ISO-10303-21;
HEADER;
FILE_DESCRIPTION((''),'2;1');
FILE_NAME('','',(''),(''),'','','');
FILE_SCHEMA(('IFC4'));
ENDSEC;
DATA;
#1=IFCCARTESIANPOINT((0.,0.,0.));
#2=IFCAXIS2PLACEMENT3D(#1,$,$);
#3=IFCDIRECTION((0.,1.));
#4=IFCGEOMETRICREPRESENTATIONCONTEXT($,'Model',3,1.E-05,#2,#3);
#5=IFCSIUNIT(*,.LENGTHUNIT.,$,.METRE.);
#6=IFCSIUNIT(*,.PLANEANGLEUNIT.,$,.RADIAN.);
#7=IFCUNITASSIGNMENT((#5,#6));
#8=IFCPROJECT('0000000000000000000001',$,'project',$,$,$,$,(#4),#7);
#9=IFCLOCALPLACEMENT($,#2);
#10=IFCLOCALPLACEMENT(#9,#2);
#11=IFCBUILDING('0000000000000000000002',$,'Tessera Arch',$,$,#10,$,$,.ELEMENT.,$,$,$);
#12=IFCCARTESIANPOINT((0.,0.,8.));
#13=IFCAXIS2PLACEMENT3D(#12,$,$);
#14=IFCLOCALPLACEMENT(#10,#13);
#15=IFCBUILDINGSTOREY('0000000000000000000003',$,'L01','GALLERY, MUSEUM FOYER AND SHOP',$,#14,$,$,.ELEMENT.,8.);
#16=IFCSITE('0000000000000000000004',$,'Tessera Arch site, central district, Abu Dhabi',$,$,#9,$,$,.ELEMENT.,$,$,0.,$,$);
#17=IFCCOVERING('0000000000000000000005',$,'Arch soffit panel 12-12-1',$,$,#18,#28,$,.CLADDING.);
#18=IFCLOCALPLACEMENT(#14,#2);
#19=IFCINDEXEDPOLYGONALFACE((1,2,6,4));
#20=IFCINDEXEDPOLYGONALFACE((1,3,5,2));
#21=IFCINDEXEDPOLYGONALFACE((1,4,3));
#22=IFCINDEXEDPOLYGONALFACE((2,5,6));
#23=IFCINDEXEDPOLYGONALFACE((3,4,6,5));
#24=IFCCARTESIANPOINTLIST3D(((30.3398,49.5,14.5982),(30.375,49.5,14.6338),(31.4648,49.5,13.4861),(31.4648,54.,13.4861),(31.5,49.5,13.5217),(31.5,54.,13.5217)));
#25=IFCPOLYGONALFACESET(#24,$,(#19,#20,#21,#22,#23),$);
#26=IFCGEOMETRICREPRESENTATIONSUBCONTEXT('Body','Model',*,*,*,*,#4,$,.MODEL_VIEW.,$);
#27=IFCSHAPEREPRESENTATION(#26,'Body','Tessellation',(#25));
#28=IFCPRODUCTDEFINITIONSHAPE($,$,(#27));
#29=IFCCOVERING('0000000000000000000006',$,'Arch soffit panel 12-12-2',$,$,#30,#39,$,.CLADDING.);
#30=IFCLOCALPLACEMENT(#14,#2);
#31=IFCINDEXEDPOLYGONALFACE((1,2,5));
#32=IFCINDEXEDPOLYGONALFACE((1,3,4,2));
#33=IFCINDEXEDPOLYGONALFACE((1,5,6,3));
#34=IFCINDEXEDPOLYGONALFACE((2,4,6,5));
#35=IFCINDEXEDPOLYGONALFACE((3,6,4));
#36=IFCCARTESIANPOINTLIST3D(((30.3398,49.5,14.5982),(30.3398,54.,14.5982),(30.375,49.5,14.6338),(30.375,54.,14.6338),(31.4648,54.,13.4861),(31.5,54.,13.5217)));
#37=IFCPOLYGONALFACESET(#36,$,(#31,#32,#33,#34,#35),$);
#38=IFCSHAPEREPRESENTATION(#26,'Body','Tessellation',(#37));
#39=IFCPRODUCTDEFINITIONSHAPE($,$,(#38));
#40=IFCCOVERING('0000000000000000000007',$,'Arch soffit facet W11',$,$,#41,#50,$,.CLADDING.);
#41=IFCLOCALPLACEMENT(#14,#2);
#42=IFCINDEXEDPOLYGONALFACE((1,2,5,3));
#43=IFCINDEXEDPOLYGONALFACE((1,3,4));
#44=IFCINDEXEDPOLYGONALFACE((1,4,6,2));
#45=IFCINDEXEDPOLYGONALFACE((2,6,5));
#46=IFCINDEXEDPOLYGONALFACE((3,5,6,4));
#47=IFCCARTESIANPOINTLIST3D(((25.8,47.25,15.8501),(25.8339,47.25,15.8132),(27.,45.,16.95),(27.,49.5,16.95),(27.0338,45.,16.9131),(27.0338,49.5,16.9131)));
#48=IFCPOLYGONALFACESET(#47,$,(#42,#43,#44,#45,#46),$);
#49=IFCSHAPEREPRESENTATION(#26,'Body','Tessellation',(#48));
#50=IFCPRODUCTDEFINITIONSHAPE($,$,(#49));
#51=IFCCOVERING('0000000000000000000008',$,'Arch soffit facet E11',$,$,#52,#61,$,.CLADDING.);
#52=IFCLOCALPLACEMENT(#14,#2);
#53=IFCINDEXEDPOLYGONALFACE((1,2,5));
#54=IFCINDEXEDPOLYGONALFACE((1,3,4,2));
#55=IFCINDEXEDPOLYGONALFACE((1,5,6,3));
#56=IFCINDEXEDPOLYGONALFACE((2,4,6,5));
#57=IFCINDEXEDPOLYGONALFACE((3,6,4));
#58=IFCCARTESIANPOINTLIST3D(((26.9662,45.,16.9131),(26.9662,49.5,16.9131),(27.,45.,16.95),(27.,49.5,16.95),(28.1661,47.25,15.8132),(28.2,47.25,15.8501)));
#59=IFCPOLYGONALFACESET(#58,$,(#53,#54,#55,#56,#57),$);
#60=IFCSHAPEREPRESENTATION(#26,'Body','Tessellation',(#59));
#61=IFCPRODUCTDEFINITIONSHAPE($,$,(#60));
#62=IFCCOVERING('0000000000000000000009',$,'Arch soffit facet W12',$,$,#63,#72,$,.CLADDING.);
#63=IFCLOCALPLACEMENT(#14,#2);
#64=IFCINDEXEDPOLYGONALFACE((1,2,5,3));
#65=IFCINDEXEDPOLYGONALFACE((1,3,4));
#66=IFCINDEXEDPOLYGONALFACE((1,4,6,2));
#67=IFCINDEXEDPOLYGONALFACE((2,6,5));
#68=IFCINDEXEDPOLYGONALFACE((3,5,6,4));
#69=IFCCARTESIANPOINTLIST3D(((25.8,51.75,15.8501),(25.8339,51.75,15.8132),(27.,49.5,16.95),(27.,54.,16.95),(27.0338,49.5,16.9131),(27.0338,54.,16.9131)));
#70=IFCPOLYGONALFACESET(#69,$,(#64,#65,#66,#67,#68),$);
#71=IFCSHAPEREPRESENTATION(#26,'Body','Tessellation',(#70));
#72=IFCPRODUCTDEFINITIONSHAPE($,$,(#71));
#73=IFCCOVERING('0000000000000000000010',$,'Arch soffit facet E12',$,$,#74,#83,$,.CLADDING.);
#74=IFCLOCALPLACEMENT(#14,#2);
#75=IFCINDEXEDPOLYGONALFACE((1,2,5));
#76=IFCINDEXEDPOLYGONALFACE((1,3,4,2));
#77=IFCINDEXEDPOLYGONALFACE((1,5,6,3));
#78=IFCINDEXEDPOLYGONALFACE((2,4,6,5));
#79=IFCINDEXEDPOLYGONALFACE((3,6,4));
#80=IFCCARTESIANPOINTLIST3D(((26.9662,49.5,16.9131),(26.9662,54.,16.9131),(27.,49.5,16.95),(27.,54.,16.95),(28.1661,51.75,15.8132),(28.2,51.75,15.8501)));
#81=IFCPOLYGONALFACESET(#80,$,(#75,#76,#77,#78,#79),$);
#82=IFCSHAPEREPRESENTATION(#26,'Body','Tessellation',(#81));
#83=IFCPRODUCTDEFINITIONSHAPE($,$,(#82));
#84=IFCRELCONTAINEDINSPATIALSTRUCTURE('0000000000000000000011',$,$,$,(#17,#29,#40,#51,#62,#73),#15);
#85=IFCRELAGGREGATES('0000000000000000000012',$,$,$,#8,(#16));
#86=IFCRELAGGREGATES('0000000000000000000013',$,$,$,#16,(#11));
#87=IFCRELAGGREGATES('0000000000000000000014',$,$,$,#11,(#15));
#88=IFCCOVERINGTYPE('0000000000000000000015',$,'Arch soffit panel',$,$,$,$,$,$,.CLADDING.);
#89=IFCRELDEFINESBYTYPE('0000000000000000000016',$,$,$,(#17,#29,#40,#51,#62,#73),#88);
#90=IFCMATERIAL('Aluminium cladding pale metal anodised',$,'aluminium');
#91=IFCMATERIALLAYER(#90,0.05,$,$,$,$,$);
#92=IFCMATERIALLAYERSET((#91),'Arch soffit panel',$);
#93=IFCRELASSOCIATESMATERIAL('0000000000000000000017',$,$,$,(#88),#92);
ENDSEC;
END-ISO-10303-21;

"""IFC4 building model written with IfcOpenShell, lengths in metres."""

from ifc_helpers import new_model, si_unit, direction, frame, origin, place, context, subcontext, project, spatial, polyline, outline, extrude, material, layer, layer_set, type_object, element, save


model = new_model("IFC4")

# Units and contexts
model_context = context("Model", 3, precision=1e-05, world=origin(), true_north=direction((0.0, 1.0)))
body_context = subcontext(model_context, "Body", "Model", "MODEL_VIEW")
ifc_project = project(units=[si_unit("LENGTHUNIT", "METRE"), si_unit("PLANEANGLEUNIT", "RADIAN")], contexts=[model_context])

# Site, building, storey
site_placement = place(None, origin())
site = spatial("IfcSite", under=ifc_project, at=site_placement, Name="Tessera Arch site, central district, Abu Dhabi", CompositionType="ELEMENT", RefElevation=0.0)
building_placement = place(site_placement, origin())
building = spatial("IfcBuilding", under=site, at=building_placement, Name="Tessera Arch", CompositionType="ELEMENT")
storey_placement = place(building_placement, frame((0.0, 0.0, 8.0)))
storey = spatial("IfcBuildingStorey", under=building, at=storey_placement, Name="L01", Description="GALLERY, MUSEUM FOYER AND SHOP", CompositionType="ELEMENT", Elevation=8.0)

# Coverings
ifc_material = material(Name="Aluminium cladding pale metal anodised", Category="aluminium")
ifc_layer = layer(ifc_material, 0.05)
ifc_layer_set = layer_set([ifc_layer], Name="Arch soffit panel")
covering_type = type_object("IfcCoveringType", Name="Arch soffit panel", PredefinedType="CLADDING", material=ifc_layer_set)
covering_1_placement = place(storey_placement, frame((30.375, 49.5, 14.6338), z_axis=(0.703005, 0.0, 0.711185), x_axis=(0.711185, 0.0, -0.703005)))
element("IfcCovering", 1, at=covering_1_placement, inside=storey, type_object=covering_type, Name="Arch soffit panel 12-12-1", PredefinedType="CLADDING", context=body_context, shape_type="SweptSolid", body=[
    extrude(outline(polyline([(0.0, 0.0), (1.5819, 0.0), (1.5819, 4.5), (0.0, 0.0)])), origin(), (0.0, 0.0, -1.0), 0.05),
])
covering_2_placement = place(storey_placement, frame((30.375, 49.5, 14.6338), z_axis=(0.703005, 0.0, 0.711185), x_axis=(0.235852, 0.943409, -0.233139)))
element("IfcCovering", 2, at=covering_2_placement, inside=storey, type_object=covering_type, Name="Arch soffit panel 12-12-2", PredefinedType="CLADDING", context=body_context, shape_type="SweptSolid", body=[
    extrude(outline(polyline([(0.0, 0.0), (4.7699, 0.0), (4.2453, 1.4923), (0.0, 0.0)])), origin(), (0.0, 0.0, -1.0), 0.05),
])
covering_3_placement = place(storey_placement, frame((27.0, 45.0, 16.95), z_axis=(-0.675691, 0.0, 0.737185), x_axis=(0.0, 1.0, 0.0)))
element("IfcCovering", 3, at=covering_3_placement, inside=storey, type_object=covering_type, Name="Arch soffit facet W11", PredefinedType="CLADDING", context=body_context, shape_type="SweptSolid", body=[
    extrude(outline(polyline([(0.0, 0.0), (4.5, 0.0), (2.25, 1.6277), (0.0, 0.0)])), origin(), (0.0, 0.0, -1.0), 0.05),
])
covering_4_placement = place(storey_placement, frame((27.0, 45.0, 16.95), z_axis=(0.675691, 0.0, 0.737185), x_axis=(0.0, 1.0, 0.0)))
element("IfcCovering", 4, at=covering_4_placement, inside=storey, type_object=covering_type, Name="Arch soffit facet E11", PredefinedType="CLADDING", context=body_context, shape_type="SweptSolid", body=[
    extrude(outline(polyline([(0.0, 0.0), (4.5, 0.0), (2.25, -1.6277), (0.0, 0.0)])), origin(), (0.0, 0.0, -1.0), 0.05),
])
covering_5_placement = place(storey_placement, frame((27.0, 49.5, 16.95), z_axis=(-0.675691, 0.0, 0.737185), x_axis=(0.0, 1.0, 0.0)))
element("IfcCovering", 5, at=covering_5_placement, inside=storey, type_object=covering_type, Name="Arch soffit facet W12", PredefinedType="CLADDING", context=body_context, shape_type="SweptSolid", body=[
    extrude(outline(polyline([(0.0, 0.0), (4.5, 0.0), (2.25, 1.6277), (0.0, 0.0)])), origin(), (0.0, 0.0, -1.0), 0.05),
])
covering_6_placement = place(storey_placement, frame((27.0, 49.5, 16.95), z_axis=(0.675691, 0.0, 0.737185), x_axis=(0.0, 1.0, 0.0)))
element("IfcCovering", 6, at=covering_6_placement, inside=storey, type_object=covering_type, Name="Arch soffit facet E12", PredefinedType="CLADDING", context=body_context, shape_type="SweptSolid", body=[
    extrude(outline(polyline([(0.0, 0.0), (4.5, 0.0), (2.25, -1.6277), (0.0, 0.0)])), origin(), (0.0, 0.0, -1.0), 0.05),
])

save(model, "model.ifc")
